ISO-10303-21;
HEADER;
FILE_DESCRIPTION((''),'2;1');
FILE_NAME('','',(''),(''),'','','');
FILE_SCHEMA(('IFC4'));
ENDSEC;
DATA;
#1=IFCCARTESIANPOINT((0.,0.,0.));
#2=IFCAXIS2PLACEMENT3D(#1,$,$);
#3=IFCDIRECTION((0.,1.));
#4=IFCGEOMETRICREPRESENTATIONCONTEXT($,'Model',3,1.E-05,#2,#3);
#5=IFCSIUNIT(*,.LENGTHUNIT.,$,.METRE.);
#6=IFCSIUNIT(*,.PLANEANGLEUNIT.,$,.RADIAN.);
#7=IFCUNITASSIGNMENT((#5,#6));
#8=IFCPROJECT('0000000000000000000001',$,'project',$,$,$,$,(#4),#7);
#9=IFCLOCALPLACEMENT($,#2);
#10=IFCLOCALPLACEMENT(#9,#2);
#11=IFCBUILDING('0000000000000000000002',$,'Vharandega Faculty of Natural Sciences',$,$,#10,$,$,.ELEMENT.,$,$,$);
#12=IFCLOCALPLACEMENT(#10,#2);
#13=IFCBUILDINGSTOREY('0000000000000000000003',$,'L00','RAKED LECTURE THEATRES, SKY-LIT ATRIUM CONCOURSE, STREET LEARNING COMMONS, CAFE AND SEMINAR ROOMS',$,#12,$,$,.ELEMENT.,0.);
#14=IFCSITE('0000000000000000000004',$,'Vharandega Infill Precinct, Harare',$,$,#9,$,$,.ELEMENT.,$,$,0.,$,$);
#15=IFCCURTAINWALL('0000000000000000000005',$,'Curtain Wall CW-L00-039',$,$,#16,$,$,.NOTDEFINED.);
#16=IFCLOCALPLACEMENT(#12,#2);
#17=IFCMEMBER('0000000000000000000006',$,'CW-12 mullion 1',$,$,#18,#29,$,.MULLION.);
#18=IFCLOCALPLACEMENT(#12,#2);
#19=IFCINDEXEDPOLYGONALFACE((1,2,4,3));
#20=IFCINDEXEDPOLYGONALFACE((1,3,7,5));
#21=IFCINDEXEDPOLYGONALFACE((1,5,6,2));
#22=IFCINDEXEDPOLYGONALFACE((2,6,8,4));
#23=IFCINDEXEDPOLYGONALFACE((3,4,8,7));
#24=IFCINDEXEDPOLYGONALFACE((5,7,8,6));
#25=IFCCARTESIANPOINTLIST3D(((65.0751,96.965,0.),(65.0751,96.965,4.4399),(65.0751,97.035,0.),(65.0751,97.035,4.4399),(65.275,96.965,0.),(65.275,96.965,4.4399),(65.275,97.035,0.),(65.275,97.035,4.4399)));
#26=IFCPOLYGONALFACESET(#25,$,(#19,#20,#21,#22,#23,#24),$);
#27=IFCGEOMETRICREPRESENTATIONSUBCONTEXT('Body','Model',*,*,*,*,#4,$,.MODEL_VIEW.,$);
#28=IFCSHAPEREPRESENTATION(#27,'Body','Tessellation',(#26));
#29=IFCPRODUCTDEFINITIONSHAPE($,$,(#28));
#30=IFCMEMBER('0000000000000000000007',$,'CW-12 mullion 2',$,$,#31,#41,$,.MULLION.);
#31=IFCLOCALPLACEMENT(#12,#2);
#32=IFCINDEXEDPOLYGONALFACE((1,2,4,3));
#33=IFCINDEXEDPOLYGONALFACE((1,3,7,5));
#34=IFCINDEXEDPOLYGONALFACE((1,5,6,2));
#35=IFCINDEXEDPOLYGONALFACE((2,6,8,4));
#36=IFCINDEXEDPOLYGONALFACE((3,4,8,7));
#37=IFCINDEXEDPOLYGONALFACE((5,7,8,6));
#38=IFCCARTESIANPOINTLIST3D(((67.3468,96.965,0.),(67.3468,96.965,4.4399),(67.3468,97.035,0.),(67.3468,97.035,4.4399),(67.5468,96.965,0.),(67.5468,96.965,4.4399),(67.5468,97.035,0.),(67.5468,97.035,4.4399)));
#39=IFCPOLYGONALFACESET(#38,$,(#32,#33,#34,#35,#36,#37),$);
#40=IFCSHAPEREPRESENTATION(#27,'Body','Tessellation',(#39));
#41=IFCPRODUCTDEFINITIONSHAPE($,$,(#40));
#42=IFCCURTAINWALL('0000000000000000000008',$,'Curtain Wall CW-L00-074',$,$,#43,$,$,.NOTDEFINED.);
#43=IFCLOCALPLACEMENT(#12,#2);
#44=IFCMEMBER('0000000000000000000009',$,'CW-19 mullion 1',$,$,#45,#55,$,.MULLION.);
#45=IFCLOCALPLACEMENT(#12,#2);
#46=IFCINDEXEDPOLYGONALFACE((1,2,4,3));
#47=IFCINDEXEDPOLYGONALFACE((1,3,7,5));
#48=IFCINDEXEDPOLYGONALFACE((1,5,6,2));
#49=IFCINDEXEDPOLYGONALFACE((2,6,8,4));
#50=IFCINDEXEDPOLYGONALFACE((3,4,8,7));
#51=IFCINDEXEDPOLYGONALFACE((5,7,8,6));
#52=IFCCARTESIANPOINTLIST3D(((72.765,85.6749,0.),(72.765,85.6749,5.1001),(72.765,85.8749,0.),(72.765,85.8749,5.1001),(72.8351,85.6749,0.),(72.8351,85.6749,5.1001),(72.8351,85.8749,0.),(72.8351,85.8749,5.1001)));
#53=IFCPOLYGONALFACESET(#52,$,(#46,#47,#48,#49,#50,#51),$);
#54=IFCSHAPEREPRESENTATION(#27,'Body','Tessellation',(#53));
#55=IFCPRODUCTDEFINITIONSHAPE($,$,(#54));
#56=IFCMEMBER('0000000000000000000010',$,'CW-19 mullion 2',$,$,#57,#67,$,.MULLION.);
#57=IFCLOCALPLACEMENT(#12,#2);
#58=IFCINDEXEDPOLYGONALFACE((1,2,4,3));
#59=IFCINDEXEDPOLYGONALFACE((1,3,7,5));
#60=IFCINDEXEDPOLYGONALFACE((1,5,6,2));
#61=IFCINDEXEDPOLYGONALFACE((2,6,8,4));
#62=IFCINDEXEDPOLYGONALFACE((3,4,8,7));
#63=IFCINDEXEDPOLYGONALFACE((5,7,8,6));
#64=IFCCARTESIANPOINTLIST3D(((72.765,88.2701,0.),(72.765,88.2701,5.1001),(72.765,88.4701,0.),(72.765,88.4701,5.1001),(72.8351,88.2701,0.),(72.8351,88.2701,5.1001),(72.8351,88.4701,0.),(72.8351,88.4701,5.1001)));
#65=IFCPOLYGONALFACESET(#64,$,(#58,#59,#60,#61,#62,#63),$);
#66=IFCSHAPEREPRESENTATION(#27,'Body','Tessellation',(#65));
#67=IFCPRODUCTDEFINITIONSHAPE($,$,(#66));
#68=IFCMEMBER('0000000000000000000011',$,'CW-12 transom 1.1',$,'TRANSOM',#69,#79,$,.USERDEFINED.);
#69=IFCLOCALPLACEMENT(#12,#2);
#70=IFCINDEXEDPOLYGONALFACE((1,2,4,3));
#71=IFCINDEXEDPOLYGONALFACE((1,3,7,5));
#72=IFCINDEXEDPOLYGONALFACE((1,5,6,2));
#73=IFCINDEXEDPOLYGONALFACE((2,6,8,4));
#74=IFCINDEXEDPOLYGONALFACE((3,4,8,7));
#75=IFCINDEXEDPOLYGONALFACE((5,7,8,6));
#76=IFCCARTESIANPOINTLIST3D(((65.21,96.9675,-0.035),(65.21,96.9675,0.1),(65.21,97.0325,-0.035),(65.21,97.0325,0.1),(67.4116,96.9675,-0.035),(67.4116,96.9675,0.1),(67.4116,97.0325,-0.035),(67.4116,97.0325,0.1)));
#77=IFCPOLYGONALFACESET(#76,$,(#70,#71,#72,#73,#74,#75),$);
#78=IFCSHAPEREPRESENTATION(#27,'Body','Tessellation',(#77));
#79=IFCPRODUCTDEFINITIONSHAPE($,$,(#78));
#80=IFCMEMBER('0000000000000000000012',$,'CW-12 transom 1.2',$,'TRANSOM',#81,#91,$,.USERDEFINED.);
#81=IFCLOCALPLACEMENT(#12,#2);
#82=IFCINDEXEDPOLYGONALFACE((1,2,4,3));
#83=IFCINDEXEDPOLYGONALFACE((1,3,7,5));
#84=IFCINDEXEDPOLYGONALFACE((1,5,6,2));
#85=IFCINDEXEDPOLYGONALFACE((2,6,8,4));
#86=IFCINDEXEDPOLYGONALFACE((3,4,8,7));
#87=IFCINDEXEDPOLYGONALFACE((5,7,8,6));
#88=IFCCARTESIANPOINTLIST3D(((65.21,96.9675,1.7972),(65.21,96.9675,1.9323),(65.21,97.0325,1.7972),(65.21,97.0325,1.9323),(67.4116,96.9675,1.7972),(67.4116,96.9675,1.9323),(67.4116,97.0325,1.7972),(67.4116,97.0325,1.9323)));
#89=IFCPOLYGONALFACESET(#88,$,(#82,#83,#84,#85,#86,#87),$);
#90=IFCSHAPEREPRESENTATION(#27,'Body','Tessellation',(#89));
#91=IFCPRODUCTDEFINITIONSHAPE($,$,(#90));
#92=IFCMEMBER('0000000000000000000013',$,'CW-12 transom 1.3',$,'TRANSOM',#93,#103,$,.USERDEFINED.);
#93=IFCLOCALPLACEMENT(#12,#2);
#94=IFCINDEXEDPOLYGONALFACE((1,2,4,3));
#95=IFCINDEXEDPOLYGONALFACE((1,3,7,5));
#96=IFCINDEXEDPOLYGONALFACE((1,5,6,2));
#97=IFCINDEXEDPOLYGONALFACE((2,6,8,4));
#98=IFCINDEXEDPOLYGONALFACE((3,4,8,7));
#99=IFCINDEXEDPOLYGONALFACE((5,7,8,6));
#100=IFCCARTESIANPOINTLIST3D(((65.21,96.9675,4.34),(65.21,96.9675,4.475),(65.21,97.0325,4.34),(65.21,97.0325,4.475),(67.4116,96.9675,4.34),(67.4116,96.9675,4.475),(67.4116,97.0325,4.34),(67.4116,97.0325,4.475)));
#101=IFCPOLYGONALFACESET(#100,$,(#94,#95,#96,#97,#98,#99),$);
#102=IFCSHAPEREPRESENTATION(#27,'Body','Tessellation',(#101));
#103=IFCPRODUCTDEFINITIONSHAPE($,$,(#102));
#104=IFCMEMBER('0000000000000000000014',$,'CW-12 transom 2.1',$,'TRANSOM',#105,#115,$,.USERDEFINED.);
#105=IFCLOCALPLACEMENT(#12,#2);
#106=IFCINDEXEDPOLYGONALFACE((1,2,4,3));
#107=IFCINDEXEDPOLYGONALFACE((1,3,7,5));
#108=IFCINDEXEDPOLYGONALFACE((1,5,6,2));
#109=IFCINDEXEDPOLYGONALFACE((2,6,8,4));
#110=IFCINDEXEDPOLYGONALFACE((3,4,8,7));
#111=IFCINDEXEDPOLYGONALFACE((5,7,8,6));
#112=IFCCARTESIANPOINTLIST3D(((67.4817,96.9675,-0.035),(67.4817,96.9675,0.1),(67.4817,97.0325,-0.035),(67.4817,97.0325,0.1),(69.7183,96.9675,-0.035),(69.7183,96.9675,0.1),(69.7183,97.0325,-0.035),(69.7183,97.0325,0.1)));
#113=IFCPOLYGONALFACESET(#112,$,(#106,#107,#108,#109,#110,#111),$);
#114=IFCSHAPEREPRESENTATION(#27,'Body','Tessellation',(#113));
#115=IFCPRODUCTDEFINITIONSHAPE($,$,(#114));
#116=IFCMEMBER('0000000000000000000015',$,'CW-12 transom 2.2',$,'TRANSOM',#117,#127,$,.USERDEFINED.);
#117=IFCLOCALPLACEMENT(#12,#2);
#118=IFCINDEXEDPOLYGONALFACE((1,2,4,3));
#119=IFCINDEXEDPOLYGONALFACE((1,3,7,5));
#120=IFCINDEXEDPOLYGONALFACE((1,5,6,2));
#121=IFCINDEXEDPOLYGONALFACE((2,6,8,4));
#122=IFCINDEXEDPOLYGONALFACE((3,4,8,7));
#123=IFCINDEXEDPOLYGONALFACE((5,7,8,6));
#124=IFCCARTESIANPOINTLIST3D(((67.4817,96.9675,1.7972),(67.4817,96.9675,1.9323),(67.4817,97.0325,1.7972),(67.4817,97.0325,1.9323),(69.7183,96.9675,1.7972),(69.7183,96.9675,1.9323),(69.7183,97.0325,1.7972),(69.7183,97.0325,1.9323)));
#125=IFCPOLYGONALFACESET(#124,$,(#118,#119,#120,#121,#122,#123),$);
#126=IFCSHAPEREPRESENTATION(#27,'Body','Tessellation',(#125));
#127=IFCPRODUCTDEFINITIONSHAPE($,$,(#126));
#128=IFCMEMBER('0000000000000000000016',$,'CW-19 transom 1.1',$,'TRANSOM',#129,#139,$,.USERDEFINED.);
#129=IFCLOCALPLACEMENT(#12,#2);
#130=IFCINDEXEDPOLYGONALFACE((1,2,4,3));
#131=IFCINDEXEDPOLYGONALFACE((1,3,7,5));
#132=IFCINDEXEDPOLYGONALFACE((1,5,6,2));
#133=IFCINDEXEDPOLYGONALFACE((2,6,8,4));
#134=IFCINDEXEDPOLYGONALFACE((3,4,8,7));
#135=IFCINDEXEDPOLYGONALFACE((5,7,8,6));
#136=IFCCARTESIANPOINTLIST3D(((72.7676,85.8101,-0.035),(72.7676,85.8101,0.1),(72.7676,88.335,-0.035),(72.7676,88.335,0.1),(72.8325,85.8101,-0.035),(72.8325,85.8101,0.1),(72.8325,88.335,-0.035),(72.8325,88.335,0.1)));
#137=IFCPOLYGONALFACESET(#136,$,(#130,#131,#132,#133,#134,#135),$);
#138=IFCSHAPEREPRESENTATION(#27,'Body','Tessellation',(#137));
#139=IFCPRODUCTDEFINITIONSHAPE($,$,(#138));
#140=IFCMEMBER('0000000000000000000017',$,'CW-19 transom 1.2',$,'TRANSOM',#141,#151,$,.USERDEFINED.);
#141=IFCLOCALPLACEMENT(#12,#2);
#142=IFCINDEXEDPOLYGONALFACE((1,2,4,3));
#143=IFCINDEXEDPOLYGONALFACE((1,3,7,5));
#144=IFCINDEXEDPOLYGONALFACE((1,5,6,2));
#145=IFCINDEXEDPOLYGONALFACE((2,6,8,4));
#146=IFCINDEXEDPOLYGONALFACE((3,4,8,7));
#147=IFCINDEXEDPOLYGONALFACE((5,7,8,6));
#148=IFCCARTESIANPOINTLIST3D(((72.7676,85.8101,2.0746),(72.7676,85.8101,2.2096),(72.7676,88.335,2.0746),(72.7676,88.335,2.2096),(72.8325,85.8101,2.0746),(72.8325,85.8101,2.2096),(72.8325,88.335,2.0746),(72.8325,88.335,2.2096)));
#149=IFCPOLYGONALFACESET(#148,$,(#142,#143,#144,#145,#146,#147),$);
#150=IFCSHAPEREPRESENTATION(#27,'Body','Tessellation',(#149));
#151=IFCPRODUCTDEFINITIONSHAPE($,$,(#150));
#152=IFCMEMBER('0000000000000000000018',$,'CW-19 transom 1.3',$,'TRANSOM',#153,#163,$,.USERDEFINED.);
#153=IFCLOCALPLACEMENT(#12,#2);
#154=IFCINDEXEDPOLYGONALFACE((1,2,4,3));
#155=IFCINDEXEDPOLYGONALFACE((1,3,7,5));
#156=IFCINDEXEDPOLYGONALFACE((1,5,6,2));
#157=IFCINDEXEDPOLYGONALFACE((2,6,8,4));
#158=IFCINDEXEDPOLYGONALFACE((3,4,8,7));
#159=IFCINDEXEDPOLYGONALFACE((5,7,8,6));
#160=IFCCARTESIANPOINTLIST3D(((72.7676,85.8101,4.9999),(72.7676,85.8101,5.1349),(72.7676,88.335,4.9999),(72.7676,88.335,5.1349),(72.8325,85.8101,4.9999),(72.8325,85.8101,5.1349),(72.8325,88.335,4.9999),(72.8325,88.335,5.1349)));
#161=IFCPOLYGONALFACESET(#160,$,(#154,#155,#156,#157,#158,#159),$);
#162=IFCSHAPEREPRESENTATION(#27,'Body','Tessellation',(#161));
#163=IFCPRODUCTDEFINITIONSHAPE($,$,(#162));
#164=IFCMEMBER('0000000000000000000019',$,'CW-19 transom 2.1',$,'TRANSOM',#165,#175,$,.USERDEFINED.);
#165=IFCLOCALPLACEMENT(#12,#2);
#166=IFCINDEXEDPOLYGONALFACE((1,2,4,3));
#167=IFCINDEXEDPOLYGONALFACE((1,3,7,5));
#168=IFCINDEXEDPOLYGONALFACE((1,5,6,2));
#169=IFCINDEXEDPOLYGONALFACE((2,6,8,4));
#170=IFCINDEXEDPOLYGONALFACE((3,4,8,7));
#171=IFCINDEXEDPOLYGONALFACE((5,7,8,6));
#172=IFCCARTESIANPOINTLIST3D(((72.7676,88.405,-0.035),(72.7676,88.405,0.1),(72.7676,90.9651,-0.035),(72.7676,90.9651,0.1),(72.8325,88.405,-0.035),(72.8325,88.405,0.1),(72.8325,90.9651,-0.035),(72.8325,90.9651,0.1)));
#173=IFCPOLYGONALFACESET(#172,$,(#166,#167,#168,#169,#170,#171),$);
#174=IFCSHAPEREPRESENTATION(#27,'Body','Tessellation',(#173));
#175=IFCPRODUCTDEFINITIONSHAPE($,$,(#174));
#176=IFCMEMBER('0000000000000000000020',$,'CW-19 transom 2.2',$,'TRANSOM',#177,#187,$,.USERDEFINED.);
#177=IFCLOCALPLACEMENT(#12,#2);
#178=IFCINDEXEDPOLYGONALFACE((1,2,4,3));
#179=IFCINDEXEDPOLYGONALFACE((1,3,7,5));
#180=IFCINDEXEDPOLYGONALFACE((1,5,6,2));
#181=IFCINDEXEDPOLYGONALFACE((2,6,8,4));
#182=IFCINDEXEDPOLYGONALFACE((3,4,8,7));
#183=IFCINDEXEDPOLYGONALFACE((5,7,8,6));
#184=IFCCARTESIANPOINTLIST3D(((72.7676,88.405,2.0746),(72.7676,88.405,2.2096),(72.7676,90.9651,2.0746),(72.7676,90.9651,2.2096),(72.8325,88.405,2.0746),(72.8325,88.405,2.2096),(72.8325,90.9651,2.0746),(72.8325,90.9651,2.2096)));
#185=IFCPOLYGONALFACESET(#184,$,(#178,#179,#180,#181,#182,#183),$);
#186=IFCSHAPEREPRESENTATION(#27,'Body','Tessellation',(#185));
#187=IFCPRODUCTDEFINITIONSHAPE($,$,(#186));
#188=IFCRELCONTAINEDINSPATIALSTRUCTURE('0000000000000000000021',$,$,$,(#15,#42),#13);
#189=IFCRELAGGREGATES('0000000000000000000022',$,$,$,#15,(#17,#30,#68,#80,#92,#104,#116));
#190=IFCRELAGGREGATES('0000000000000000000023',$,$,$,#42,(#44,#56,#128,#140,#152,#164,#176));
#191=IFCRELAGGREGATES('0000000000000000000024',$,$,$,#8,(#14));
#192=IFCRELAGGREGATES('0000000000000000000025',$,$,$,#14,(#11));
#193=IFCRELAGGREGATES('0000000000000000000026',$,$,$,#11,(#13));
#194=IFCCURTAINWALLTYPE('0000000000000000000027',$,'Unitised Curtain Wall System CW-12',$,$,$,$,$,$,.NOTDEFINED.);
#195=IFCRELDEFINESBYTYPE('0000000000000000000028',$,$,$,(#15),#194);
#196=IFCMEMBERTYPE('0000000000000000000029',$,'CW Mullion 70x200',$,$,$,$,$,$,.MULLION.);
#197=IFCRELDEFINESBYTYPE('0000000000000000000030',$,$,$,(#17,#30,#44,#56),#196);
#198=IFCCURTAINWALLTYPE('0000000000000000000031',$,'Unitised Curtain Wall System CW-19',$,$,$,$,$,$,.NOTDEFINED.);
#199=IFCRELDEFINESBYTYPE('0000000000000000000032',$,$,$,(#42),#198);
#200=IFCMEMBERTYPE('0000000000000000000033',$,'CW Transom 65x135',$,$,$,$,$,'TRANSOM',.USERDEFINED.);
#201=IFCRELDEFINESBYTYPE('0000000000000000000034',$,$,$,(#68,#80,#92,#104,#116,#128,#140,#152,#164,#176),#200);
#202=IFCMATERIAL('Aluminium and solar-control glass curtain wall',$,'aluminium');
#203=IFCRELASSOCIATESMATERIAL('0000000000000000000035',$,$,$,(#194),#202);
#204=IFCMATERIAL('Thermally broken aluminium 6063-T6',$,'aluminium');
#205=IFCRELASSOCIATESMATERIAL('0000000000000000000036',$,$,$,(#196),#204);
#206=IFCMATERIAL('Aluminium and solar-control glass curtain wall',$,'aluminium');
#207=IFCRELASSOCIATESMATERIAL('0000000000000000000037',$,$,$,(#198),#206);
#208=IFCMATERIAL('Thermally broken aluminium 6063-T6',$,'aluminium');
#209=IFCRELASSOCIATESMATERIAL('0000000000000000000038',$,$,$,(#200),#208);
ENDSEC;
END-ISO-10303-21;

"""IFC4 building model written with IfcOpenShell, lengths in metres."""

from ifc_helpers import new_model, si_unit, direction, frame, origin, origin_2d, place, context, subcontext, project, spatial, rectangle, extrude, material, material_profile, profile_set, type_object, element, aggregate, save


model = new_model("IFC4")

# Units and contexts
model_context = context("Model", 3, precision=1e-05, world=origin(), true_north=direction((0.0, 1.0)))
body_context = subcontext(model_context, "Body", "Model", "MODEL_VIEW")
ifc_project = project(units=[si_unit("LENGTHUNIT", "METRE"), si_unit("PLANEANGLEUNIT", "RADIAN")], contexts=[model_context])

# Site, building, storey
site_placement = place(None, origin())
site = spatial("IfcSite", under=ifc_project, at=site_placement, Name="Vharandega Infill Precinct, Harare", CompositionType="ELEMENT", RefElevation=0.0)
building_placement = place(site_placement, origin())
building = spatial("IfcBuilding", under=site, at=building_placement, Name="Vharandega Faculty of Natural Sciences", CompositionType="ELEMENT")
storey_placement = place(building_placement, origin())
storey = spatial("IfcBuildingStorey", under=building, at=storey_placement, Name="L00", Description="RAKED LECTURE THEATRES, SKY-LIT ATRIUM CONCOURSE, STREET LEARNING COMMONS, CAFE AND SEMINAR ROOMS", CompositionType="ELEMENT", Elevation=0.0)

# Curtain walls, members
ifc_material_1 = material(Name="Aluminium and solar-control glass curtain wall", Category="aluminium")
curtain_wall_type_1 = type_object("IfcCurtainWallType", Name="Unitised Curtain Wall System CW-12", PredefinedType="NOTDEFINED", material=ifc_material_1)
curtain_wall_1_placement = place(storey_placement, origin())
curtain_wall_1 = element("IfcCurtainWall", 1, at=curtain_wall_1_placement, inside=storey, type_object=curtain_wall_type_1, Name="Curtain Wall CW-L00-039", PredefinedType="NOTDEFINED")
ifc_material_2 = material(Name="Thermally broken aluminium 6063-T6", Category="aluminium")
ifc_material_profile_1 = material_profile(ifc_material_2, rectangle(XDim=0.0701, YDim=0.2, at=origin_2d()), Name="ALU 70x200")
ifc_profile_set_1 = profile_set([ifc_material_profile_1], Name="Thermally broken aluminium 6063-T6")
member_type_1 = type_object("IfcMemberType", Name="CW Mullion 70x200", PredefinedType="MULLION", material=ifc_profile_set_1)
member_1_placement = place(storey_placement, frame((65.175, 97.0, 0.0), z_axis=(0.0, 0.0, 1.0), x_axis=(0.0, 1.0, 0.0)))
member_1 = element("IfcMember", 2, at=member_1_placement, type_object=member_type_1, Name="CW-12 mullion 1", PredefinedType="MULLION", context=body_context, shape_type="SweptSolid", body=[
    extrude(rectangle(XDim=0.0701, YDim=0.2, at=origin_2d()), origin(), (0.0, 0.0, 1.0), 4.4399),
])
member_2_placement = place(storey_placement, frame((67.4468, 97.0, 0.0), z_axis=(0.0, 0.0, 1.0), x_axis=(0.0, 1.0, 0.0)))
member_2 = element("IfcMember", 3, at=member_2_placement, type_object=member_type_1, Name="CW-12 mullion 2", PredefinedType="MULLION", context=body_context, shape_type="SweptSolid", body=[
    extrude(rectangle(XDim=0.0701, YDim=0.2, at=origin_2d()), origin(), (0.0, 0.0, 1.0), 4.4399),
])
ifc_material_3 = material(Name="Aluminium and solar-control glass curtain wall", Category="aluminium")
curtain_wall_type_2 = type_object("IfcCurtainWallType", Name="Unitised Curtain Wall System CW-19", PredefinedType="NOTDEFINED", material=ifc_material_3)
curtain_wall_2_placement = place(storey_placement, origin())
curtain_wall_2 = element("IfcCurtainWall", 4, at=curtain_wall_2_placement, inside=storey, type_object=curtain_wall_type_2, Name="Curtain Wall CW-L00-074", PredefinedType="NOTDEFINED")
member_3_placement = place(storey_placement, frame((72.8, 85.7749, 0.0), z_axis=(0.0, 0.0, 1.0), x_axis=(-1.0, 0.0, 0.0)))
member_3 = element("IfcMember", 5, at=member_3_placement, type_object=member_type_1, Name="CW-19 mullion 1", PredefinedType="MULLION", context=body_context, shape_type="SweptSolid", body=[
    extrude(rectangle(XDim=0.0701, YDim=0.2, at=origin_2d()), origin(), (0.0, 0.0, 1.0), 5.1001),
])
member_4_placement = place(storey_placement, frame((72.8, 88.3701, 0.0), z_axis=(0.0, 0.0, 1.0), x_axis=(-1.0, 0.0, 0.0)))
member_4 = element("IfcMember", 6, at=member_4_placement, type_object=member_type_1, Name="CW-19 mullion 2", PredefinedType="MULLION", context=body_context, shape_type="SweptSolid", body=[
    extrude(rectangle(XDim=0.0701, YDim=0.2, at=origin_2d()), origin(), (0.0, 0.0, 1.0), 5.1001),
])

# Members
ifc_material_4 = material(Name="Thermally broken aluminium 6063-T6", Category="aluminium")
ifc_material_profile_2 = material_profile(ifc_material_4, rectangle(XDim=0.0649, YDim=0.135, at=origin_2d()), Name="ALU 65x135")
ifc_profile_set_2 = profile_set([ifc_material_profile_2], Name="Thermally broken aluminium 6063-T6")
member_type_2 = type_object("IfcMemberType", Name="CW Transom 65x135", ElementType="TRANSOM", PredefinedType="USERDEFINED", material=ifc_profile_set_2)
member_5_placement = place(storey_placement, frame((65.21, 97.0, 0.0325), z_axis=(1.0, 0.0, 0.0), x_axis=(0.0, 1.0, 0.0)))
member_5 = element("IfcMember", 7, at=member_5_placement, type_object=member_type_2, Name="CW-12 transom 1.1", ObjectType="TRANSOM", PredefinedType="USERDEFINED", context=body_context, shape_type="SweptSolid", body=[
    extrude(rectangle(XDim=0.0649, YDim=0.135, at=origin_2d()), origin(), (0.0, 0.0, 1.0), 2.2017),
])
member_6_placement = place(storey_placement, frame((65.21, 97.0, 1.8647), z_axis=(1.0, 0.0, 0.0), x_axis=(0.0, 1.0, 0.0)))
member_6 = element("IfcMember", 8, at=member_6_placement, type_object=member_type_2, Name="CW-12 transom 1.2", ObjectType="TRANSOM", PredefinedType="USERDEFINED", context=body_context, shape_type="SweptSolid", body=[
    extrude(rectangle(XDim=0.0649, YDim=0.135, at=origin_2d()), origin(), (0.0, 0.0, 1.0), 2.2017),
])
member_7_placement = place(storey_placement, frame((65.21, 97.0, 4.4075), z_axis=(1.0, 0.0, 0.0), x_axis=(0.0, 1.0, 0.0)))
member_7 = element("IfcMember", 9, at=member_7_placement, type_object=member_type_2, Name="CW-12 transom 1.3", ObjectType="TRANSOM", PredefinedType="USERDEFINED", context=body_context, shape_type="SweptSolid", body=[
    extrude(rectangle(XDim=0.0649, YDim=0.135, at=origin_2d()), origin(), (0.0, 0.0, 1.0), 2.2017),
])
member_8_placement = place(storey_placement, frame((67.4817, 97.0, 0.0325), z_axis=(1.0, 0.0, 0.0), x_axis=(0.0, 1.0, 0.0)))
member_8 = element("IfcMember", 10, at=member_8_placement, type_object=member_type_2, Name="CW-12 transom 2.1", ObjectType="TRANSOM", PredefinedType="USERDEFINED", context=body_context, shape_type="SweptSolid", body=[
    extrude(rectangle(XDim=0.0649, YDim=0.135, at=origin_2d()), origin(), (0.0, 0.0, 1.0), 2.2366),
])
member_9_placement = place(storey_placement, frame((67.4817, 97.0, 1.8647), z_axis=(1.0, 0.0, 0.0), x_axis=(0.0, 1.0, 0.0)))
member_9 = element("IfcMember", 11, at=member_9_placement, type_object=member_type_2, Name="CW-12 transom 2.2", ObjectType="TRANSOM", PredefinedType="USERDEFINED", context=body_context, shape_type="SweptSolid", body=[
    extrude(rectangle(XDim=0.0649, YDim=0.135, at=origin_2d()), origin(), (0.0, 0.0, 1.0), 2.2366),
])
member_10_placement = place(storey_placement, frame((72.8, 85.8101, 0.0325), z_axis=(0.0, 1.0, 0.0), x_axis=(-1.0, 0.0, 0.0)))
member_10 = element("IfcMember", 12, at=member_10_placement, type_object=member_type_2, Name="CW-19 transom 1.1", ObjectType="TRANSOM", PredefinedType="USERDEFINED", context=body_context, shape_type="SweptSolid", body=[
    extrude(rectangle(XDim=0.0649, YDim=0.135, at=origin_2d()), origin(), (0.0, 0.0, 1.0), 2.5249),
])
member_11_placement = place(storey_placement, frame((72.8, 85.8101, 2.1421), z_axis=(0.0, 1.0, 0.0), x_axis=(-1.0, 0.0, 0.0)))
member_11 = element("IfcMember", 13, at=member_11_placement, type_object=member_type_2, Name="CW-19 transom 1.2", ObjectType="TRANSOM", PredefinedType="USERDEFINED", context=body_context, shape_type="SweptSolid", body=[
    extrude(rectangle(XDim=0.0649, YDim=0.135, at=origin_2d()), origin(), (0.0, 0.0, 1.0), 2.5249),
])
member_12_placement = place(storey_placement, frame((72.8, 85.8101, 5.0674), z_axis=(0.0, 1.0, 0.0), x_axis=(-1.0, 0.0, 0.0)))
member_12 = element("IfcMember", 14, at=member_12_placement, type_object=member_type_2, Name="CW-19 transom 1.3", ObjectType="TRANSOM", PredefinedType="USERDEFINED", context=body_context, shape_type="SweptSolid", body=[
    extrude(rectangle(XDim=0.0649, YDim=0.135, at=origin_2d()), origin(), (0.0, 0.0, 1.0), 2.5249),
])
member_13_placement = place(storey_placement, frame((72.8, 88.405, 0.0325), z_axis=(0.0, 1.0, 0.0), x_axis=(-1.0, 0.0, 0.0)))
member_13 = element("IfcMember", 15, at=member_13_placement, type_object=member_type_2, Name="CW-19 transom 2.1", ObjectType="TRANSOM", PredefinedType="USERDEFINED", context=body_context, shape_type="SweptSolid", body=[
    extrude(rectangle(XDim=0.0649, YDim=0.135, at=origin_2d()), origin(), (0.0, 0.0, 1.0), 2.5601),
])
member_14_placement = place(storey_placement, frame((72.8, 88.405, 2.1421), z_axis=(0.0, 1.0, 0.0), x_axis=(-1.0, 0.0, 0.0)))
member_14 = element("IfcMember", 16, at=member_14_placement, type_object=member_type_2, Name="CW-19 transom 2.2", ObjectType="TRANSOM", PredefinedType="USERDEFINED", context=body_context, shape_type="SweptSolid", body=[
    extrude(rectangle(XDim=0.0649, YDim=0.135, at=origin_2d()), origin(), (0.0, 0.0, 1.0), 2.5601),
])

aggregate(curtain_wall_1, [member_1, member_2, member_5, member_6, member_7, member_8, member_9])
aggregate(curtain_wall_2, [member_3, member_4, member_10, member_11, member_12, member_13, member_14])

save(model, "model.ifc")
